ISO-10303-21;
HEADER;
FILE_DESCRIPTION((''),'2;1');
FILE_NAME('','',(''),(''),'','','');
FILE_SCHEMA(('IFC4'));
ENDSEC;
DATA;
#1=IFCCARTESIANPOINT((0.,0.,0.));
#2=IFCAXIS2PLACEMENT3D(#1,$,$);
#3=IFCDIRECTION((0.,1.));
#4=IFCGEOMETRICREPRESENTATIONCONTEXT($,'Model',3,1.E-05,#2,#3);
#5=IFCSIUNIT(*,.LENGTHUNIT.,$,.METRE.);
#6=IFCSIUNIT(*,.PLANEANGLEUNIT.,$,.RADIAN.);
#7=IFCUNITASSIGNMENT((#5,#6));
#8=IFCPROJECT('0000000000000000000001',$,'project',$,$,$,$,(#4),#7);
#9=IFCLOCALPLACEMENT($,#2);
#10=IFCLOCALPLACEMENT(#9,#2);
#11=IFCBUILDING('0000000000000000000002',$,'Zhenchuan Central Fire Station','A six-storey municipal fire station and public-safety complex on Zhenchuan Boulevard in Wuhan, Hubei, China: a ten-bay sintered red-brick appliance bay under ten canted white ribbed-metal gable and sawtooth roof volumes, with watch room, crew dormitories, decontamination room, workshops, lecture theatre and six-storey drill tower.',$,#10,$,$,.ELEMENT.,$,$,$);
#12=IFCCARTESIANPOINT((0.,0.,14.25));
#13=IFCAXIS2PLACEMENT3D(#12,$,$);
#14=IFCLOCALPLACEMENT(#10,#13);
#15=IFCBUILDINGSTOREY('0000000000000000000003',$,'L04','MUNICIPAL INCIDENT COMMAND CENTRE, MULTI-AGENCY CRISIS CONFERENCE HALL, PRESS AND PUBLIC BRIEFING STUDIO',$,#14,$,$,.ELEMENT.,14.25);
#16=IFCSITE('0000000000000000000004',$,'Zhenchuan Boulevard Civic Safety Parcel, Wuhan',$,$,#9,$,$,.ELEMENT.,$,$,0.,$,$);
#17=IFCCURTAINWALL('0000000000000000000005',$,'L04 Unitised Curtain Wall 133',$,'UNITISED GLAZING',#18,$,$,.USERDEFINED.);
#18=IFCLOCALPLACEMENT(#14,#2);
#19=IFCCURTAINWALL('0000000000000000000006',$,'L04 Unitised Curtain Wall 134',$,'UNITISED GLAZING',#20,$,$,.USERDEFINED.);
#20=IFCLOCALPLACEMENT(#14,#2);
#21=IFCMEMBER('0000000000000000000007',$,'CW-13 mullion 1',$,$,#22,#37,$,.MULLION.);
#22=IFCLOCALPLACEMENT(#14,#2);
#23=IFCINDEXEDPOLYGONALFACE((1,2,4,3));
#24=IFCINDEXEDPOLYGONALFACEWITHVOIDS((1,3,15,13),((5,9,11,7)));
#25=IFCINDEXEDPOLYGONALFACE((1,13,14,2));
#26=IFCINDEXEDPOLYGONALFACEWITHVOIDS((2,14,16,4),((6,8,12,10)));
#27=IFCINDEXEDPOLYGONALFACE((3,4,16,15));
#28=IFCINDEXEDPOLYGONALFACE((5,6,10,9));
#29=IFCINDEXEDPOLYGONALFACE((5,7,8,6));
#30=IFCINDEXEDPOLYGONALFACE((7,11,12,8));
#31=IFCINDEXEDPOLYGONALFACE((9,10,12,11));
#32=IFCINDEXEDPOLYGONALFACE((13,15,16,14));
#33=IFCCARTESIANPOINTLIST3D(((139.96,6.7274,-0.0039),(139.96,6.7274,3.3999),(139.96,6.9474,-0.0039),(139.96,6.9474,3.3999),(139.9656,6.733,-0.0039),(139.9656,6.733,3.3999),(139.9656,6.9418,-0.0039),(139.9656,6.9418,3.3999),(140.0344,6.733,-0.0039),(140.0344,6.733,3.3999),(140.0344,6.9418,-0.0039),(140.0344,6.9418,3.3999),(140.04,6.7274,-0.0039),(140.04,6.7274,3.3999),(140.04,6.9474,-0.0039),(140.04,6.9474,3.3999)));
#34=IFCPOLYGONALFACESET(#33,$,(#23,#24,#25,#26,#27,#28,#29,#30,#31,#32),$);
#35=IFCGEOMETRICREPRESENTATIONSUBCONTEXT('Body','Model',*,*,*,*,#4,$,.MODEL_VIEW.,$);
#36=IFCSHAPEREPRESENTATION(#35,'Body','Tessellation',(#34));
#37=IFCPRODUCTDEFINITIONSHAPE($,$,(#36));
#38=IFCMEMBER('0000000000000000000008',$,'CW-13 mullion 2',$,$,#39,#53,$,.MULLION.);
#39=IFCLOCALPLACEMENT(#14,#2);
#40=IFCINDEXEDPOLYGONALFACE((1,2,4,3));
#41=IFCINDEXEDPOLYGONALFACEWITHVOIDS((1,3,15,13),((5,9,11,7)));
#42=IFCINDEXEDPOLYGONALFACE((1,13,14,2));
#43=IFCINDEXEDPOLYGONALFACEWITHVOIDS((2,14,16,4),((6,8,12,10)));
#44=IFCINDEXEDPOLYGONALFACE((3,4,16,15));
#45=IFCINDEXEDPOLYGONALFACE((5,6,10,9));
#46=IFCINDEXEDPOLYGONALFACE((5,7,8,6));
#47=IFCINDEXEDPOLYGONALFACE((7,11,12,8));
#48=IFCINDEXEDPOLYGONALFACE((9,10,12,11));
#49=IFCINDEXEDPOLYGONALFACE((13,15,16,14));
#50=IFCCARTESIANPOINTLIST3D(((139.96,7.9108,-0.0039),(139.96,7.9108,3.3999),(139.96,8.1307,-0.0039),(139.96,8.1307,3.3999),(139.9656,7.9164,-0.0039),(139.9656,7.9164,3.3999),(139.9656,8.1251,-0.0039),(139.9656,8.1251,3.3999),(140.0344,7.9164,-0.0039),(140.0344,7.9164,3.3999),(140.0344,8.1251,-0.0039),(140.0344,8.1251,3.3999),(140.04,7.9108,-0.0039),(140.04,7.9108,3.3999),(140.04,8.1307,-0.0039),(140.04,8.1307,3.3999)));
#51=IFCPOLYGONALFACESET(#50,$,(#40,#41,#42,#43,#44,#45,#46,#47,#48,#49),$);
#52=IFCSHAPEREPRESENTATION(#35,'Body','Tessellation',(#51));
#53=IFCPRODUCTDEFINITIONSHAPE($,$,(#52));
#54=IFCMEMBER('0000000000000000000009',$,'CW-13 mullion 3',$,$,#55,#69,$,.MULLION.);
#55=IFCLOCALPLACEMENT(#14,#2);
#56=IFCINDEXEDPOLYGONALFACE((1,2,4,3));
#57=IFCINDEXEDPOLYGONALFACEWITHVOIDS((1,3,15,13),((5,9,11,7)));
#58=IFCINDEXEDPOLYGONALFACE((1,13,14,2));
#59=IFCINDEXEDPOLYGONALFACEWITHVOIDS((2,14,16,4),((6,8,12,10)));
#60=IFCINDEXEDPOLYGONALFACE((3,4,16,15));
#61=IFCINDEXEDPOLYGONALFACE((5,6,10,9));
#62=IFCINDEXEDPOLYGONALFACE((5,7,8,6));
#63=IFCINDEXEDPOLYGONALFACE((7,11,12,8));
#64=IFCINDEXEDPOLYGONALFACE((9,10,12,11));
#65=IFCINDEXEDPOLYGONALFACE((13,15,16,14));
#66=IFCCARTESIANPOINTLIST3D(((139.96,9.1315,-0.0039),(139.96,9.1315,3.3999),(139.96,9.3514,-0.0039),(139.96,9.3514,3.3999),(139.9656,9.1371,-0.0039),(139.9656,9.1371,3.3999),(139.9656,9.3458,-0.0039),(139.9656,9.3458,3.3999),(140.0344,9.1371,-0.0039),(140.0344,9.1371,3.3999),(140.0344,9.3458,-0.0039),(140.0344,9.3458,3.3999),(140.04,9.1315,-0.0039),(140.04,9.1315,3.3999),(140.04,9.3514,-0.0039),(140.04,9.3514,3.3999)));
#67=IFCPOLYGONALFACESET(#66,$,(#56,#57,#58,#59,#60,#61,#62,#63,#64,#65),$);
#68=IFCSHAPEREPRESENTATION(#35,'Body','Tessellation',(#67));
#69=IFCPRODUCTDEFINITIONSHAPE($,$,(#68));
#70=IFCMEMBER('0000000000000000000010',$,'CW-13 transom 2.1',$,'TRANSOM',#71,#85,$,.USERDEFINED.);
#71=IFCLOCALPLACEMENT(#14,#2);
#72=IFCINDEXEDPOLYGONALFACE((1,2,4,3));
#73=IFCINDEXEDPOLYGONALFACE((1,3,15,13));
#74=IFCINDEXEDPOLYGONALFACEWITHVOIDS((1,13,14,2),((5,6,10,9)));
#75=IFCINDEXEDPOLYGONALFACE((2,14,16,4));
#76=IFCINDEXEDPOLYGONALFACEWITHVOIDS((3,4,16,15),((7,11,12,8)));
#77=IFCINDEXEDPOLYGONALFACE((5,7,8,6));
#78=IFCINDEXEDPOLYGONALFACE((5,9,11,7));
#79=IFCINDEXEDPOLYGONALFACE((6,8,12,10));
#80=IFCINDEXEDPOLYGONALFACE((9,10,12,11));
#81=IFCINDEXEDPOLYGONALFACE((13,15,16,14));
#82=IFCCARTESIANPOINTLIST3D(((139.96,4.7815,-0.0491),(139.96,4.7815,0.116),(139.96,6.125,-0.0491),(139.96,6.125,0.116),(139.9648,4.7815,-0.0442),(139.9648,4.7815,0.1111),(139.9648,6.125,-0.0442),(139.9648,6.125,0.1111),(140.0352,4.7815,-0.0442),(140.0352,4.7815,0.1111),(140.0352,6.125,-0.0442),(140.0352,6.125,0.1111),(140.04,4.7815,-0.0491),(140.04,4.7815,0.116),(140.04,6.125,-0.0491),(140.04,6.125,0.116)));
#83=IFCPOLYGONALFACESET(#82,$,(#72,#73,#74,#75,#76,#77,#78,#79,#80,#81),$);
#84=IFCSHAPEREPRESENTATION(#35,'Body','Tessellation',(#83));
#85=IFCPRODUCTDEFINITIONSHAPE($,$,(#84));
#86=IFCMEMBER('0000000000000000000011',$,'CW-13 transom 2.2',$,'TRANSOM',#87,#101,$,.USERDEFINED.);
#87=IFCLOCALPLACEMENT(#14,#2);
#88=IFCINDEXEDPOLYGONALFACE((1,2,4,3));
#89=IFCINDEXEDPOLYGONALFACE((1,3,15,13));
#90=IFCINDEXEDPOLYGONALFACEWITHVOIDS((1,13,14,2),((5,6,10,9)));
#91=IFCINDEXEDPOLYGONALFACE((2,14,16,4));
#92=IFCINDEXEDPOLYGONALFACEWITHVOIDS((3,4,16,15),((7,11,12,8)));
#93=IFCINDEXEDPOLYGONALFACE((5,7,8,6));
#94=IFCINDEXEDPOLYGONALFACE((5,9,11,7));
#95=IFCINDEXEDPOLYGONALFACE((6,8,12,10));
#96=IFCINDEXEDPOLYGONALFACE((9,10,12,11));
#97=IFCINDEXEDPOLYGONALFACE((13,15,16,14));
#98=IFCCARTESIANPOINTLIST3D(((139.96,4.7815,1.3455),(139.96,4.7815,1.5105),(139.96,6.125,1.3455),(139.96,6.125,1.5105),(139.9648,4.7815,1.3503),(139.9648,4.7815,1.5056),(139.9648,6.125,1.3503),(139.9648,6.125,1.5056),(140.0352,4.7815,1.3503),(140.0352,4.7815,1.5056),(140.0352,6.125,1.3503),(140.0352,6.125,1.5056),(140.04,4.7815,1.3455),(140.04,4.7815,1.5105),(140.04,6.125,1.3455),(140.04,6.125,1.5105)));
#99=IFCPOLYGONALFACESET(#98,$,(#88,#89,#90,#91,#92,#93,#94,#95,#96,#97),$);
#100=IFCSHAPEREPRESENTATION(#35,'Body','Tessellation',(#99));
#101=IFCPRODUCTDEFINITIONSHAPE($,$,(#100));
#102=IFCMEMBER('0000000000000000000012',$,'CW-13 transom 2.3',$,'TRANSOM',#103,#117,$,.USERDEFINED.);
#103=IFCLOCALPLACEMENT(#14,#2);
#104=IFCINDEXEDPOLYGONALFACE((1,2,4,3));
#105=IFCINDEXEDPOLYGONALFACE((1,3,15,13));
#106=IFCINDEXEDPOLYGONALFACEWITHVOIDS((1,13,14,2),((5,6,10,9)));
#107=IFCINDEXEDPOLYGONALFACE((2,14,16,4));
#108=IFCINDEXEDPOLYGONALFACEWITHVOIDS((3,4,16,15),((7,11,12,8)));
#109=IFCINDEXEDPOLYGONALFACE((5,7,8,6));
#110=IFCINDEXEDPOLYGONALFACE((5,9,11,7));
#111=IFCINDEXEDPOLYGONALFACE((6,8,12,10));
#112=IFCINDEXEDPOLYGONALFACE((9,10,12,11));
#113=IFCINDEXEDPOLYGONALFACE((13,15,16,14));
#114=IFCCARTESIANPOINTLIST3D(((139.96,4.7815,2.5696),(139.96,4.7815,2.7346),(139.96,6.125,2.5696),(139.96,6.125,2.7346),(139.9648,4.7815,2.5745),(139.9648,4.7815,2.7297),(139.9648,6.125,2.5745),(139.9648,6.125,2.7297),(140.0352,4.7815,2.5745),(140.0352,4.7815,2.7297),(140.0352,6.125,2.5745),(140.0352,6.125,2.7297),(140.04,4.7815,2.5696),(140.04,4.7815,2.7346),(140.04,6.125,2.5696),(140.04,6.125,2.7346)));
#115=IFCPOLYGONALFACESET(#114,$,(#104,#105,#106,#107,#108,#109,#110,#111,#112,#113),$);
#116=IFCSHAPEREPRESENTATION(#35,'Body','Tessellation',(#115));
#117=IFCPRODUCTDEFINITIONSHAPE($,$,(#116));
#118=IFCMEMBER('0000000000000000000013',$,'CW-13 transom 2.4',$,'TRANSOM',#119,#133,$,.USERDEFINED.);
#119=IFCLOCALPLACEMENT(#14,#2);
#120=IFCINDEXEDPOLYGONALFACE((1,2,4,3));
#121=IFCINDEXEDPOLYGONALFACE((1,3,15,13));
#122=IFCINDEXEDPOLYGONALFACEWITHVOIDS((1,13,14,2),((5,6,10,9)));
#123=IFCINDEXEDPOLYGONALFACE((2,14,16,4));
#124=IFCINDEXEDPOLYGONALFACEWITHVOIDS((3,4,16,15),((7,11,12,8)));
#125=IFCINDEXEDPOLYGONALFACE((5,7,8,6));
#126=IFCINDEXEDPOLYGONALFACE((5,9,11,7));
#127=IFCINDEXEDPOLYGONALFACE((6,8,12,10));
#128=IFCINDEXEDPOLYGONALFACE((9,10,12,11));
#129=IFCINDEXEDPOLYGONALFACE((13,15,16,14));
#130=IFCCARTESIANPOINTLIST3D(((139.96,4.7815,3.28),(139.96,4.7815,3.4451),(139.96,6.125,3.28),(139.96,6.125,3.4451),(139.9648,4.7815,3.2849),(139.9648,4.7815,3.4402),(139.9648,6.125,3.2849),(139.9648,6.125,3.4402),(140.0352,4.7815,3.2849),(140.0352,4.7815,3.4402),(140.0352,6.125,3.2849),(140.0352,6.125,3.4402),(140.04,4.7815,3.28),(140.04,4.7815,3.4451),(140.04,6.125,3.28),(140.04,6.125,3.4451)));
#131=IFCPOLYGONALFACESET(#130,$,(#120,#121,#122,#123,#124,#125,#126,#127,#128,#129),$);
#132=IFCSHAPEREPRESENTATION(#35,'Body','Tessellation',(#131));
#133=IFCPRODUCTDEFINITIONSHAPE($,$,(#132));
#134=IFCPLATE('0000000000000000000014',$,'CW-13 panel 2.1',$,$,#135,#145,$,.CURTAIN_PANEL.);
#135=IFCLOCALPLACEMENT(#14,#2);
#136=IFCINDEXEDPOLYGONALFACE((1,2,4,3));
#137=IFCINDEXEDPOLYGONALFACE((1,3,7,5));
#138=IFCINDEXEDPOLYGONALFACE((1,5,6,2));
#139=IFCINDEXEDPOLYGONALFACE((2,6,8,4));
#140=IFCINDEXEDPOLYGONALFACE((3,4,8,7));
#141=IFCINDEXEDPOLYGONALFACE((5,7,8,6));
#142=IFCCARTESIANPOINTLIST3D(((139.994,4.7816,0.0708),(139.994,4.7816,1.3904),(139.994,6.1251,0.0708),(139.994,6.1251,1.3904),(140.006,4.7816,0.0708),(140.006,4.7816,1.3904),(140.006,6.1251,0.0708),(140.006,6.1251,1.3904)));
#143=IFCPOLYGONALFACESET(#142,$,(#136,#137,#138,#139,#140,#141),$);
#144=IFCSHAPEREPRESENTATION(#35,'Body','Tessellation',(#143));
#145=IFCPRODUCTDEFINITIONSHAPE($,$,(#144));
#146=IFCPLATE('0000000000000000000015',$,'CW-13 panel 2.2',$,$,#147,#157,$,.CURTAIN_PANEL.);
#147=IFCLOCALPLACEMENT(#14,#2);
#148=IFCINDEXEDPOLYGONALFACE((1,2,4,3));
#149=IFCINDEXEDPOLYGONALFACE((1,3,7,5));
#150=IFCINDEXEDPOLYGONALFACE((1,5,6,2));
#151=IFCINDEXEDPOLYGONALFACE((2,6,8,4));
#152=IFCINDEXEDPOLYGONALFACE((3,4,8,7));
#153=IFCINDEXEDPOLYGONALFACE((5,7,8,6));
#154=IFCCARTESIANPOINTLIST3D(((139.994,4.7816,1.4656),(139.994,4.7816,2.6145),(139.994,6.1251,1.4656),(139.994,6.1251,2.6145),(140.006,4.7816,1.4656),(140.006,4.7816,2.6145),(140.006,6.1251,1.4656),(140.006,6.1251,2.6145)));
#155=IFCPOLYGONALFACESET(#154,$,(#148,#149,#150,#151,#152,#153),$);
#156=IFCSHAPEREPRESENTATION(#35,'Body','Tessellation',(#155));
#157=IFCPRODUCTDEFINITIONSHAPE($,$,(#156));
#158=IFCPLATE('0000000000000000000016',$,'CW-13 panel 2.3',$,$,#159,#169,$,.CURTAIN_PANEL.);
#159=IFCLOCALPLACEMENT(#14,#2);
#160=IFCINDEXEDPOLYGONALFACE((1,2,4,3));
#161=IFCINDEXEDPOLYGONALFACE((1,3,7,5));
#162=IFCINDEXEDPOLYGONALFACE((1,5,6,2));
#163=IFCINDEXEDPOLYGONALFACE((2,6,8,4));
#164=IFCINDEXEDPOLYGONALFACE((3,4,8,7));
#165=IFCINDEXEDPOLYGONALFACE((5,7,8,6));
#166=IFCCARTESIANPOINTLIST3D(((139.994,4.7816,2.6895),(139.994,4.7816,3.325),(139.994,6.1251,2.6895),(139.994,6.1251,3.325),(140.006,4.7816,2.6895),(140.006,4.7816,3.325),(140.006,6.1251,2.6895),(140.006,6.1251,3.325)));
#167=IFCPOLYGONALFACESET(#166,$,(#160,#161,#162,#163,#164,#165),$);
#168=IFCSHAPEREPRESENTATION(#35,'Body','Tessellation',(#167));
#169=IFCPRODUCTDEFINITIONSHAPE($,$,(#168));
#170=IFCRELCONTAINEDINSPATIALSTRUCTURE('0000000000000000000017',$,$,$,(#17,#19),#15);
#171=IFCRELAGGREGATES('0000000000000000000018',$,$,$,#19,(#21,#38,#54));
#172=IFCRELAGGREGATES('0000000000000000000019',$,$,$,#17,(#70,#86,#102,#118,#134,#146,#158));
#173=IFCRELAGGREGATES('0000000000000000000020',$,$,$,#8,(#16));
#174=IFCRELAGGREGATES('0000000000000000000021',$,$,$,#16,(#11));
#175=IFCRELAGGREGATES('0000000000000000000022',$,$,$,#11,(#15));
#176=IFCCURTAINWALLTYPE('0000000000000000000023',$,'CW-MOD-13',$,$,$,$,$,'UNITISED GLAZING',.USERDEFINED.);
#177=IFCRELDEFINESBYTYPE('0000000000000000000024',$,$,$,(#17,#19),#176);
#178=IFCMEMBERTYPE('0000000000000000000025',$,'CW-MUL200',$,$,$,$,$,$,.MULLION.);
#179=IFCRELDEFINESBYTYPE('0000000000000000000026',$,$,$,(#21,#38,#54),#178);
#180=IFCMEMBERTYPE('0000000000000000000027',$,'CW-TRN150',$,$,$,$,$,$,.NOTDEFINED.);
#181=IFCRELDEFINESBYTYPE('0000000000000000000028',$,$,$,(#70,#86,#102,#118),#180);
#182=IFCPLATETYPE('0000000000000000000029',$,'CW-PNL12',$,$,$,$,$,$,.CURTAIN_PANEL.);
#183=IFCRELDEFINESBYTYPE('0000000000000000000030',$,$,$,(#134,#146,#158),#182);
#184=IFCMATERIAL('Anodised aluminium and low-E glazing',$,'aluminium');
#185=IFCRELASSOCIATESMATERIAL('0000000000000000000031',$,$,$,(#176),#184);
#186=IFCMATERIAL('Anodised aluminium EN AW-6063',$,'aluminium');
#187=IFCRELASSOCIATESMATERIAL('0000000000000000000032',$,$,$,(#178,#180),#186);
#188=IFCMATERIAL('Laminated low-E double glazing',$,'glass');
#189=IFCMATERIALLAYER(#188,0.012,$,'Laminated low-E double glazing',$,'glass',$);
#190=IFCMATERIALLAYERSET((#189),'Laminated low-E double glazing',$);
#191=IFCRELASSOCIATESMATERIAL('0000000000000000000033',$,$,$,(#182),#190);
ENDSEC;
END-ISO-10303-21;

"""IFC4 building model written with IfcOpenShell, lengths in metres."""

from ifc_helpers import new_model, si_unit, direction, frame, origin, origin_2d, place, context, subcontext, project, spatial, rectangle, hollow_rectangle, extrude, material, layer, layer_set, material_profile, profile_set, type_object, element, aggregate, save


model = new_model("IFC4")

# Units and contexts
model_context = context("Model", 3, precision=1e-05, world=origin(), true_north=direction((0.0, 1.0)))
body_context = subcontext(model_context, "Body", "Model", "MODEL_VIEW")
ifc_project = project(units=[si_unit("LENGTHUNIT", "METRE"), si_unit("PLANEANGLEUNIT", "RADIAN")], contexts=[model_context])

# Site, building, storey
site_placement = place(None, origin())
site = spatial("IfcSite", under=ifc_project, at=site_placement, Name="Zhenchuan Boulevard Civic Safety Parcel, Wuhan", CompositionType="ELEMENT", RefElevation=0.0)
building_placement = place(site_placement, origin())
building = spatial("IfcBuilding", under=site, at=building_placement, Name="Zhenchuan Central Fire Station", Description="A six-storey municipal fire station and public-safety complex on Zhenchuan Boulevard in Wuhan, Hubei, China: a ten-bay sintered red-brick appliance bay under ten canted white ribbed-metal gable and sawtooth roof volumes, with watch room, crew dormitories, decontamination room, workshops, lecture theatre and six-storey drill tower.", CompositionType="ELEMENT")
storey_placement = place(building_placement, frame((0.0, 0.0, 14.25)))
storey = spatial("IfcBuildingStorey", under=building, at=storey_placement, Name="L04", Description="MUNICIPAL INCIDENT COMMAND CENTRE, MULTI-AGENCY CRISIS CONFERENCE HALL, PRESS AND PUBLIC BRIEFING STUDIO", CompositionType="ELEMENT", Elevation=14.25)

# Curtain walls, members
ifc_material_1 = material(Name="Anodised aluminium and low-E glazing", Category="aluminium")
curtain_wall_type = type_object("IfcCurtainWallType", Name="CW-MOD-13", ElementType="UNITISED GLAZING", PredefinedType="USERDEFINED", material=ifc_material_1)
curtain_wall_1_placement = place(storey_placement, origin())
curtain_wall_1 = element("IfcCurtainWall", 1, at=curtain_wall_1_placement, inside=storey, type_object=curtain_wall_type, Name="L04 Unitised Curtain Wall 133", ObjectType="UNITISED GLAZING", PredefinedType="USERDEFINED")
ifc_material_2 = material(Name="Anodised aluminium EN AW-6063", Category="aluminium")
ifc_material_profile_1 = material_profile(ifc_material_2, hollow_rectangle(XDim=0.0801, YDim=0.22, WallThickness=0.0056, at=origin_2d()), Name="ALU-M 220x80")
ifc_profile_set_1 = profile_set([ifc_material_profile_1], Name="Anodised aluminium EN AW-6063")
member_type_1 = type_object("IfcMemberType", Name="CW-MUL200", PredefinedType="MULLION", material=ifc_profile_set_1)
curtain_wall_2_placement = place(storey_placement, origin())
curtain_wall_2 = element("IfcCurtainWall", 2, at=curtain_wall_2_placement, inside=storey, type_object=curtain_wall_type, Name="L04 Unitised Curtain Wall 134", ObjectType="UNITISED GLAZING", PredefinedType="USERDEFINED")
member_1_placement = place(storey_placement, frame((140.0, 6.8374, -0.0039), z_axis=(0.0, 0.0, 1.0), x_axis=(-1.0, 0.0, 0.0)))
member_1 = element("IfcMember", 3, at=member_1_placement, type_object=member_type_1, Name="CW-13 mullion 1", PredefinedType="MULLION", context=body_context, shape_type="SweptSolid", body=[
    extrude(hollow_rectangle(XDim=0.0801, YDim=0.22, WallThickness=0.0056, at=origin_2d()), origin(), (0.0, 0.0, 1.0), 3.4038),
])
member_2_placement = place(storey_placement, frame((140.0, 8.0208, -0.0039), z_axis=(0.0, 0.0, 1.0), x_axis=(-1.0, 0.0, 0.0)))
member_2 = element("IfcMember", 4, at=member_2_placement, type_object=member_type_1, Name="CW-13 mullion 2", PredefinedType="MULLION", context=body_context, shape_type="SweptSolid", body=[
    extrude(hollow_rectangle(XDim=0.0801, YDim=0.22, WallThickness=0.0056, at=origin_2d()), origin(), (0.0, 0.0, 1.0), 3.4038),
])
member_3_placement = place(storey_placement, frame((140.0, 9.2415, -0.0039), z_axis=(0.0, 0.0, 1.0), x_axis=(-1.0, 0.0, 0.0)))
member_3 = element("IfcMember", 5, at=member_3_placement, type_object=member_type_1, Name="CW-13 mullion 3", PredefinedType="MULLION", context=body_context, shape_type="SweptSolid", body=[
    extrude(hollow_rectangle(XDim=0.0801, YDim=0.22, WallThickness=0.0056, at=origin_2d()), origin(), (0.0, 0.0, 1.0), 3.4038),
])
aggregate(curtain_wall_2, [member_1, member_2, member_3])

# Members
ifc_material_profile_2 = material_profile(ifc_material_2, hollow_rectangle(XDim=0.0801, YDim=0.165, WallThickness=0.0049, at=origin_2d()), Name="ALU-T 165x80")
ifc_profile_set_2 = profile_set([ifc_material_profile_2], Name="Anodised aluminium EN AW-6063")
member_type_2 = type_object("IfcMemberType", Name="CW-TRN150", PredefinedType="NOTDEFINED", material=ifc_profile_set_2)
member_4_placement = place(storey_placement, frame((140.0, 4.7815, 0.0334), z_axis=(0.0, 1.0, 0.0), x_axis=(-1.0, 0.0, 0.0)))
member_4 = element("IfcMember", 6, at=member_4_placement, type_object=member_type_2, Name="CW-13 transom 2.1", ObjectType="TRANSOM", PredefinedType="USERDEFINED", context=body_context, shape_type="SweptSolid", body=[
    extrude(hollow_rectangle(XDim=0.0801, YDim=0.165, WallThickness=0.0049, at=origin_2d()), origin(), (0.0, 0.0, 1.0), 1.3435),
])
member_5_placement = place(storey_placement, frame((140.0, 4.7815, 1.428), z_axis=(0.0, 1.0, 0.0), x_axis=(-1.0, 0.0, 0.0)))
member_5 = element("IfcMember", 7, at=member_5_placement, type_object=member_type_2, Name="CW-13 transom 2.2", ObjectType="TRANSOM", PredefinedType="USERDEFINED", context=body_context, shape_type="SweptSolid", body=[
    extrude(hollow_rectangle(XDim=0.0801, YDim=0.165, WallThickness=0.0049, at=origin_2d()), origin(), (0.0, 0.0, 1.0), 1.3435),
])
member_6_placement = place(storey_placement, frame((140.0, 4.7815, 2.6521), z_axis=(0.0, 1.0, 0.0), x_axis=(-1.0, 0.0, 0.0)))
member_6 = element("IfcMember", 8, at=member_6_placement, type_object=member_type_2, Name="CW-13 transom 2.3", ObjectType="TRANSOM", PredefinedType="USERDEFINED", context=body_context, shape_type="SweptSolid", body=[
    extrude(hollow_rectangle(XDim=0.0801, YDim=0.165, WallThickness=0.0049, at=origin_2d()), origin(), (0.0, 0.0, 1.0), 1.3435),
])
member_7_placement = place(storey_placement, frame((140.0, 4.7815, 3.3625), z_axis=(0.0, 1.0, 0.0), x_axis=(-1.0, 0.0, 0.0)))
member_7 = element("IfcMember", 9, at=member_7_placement, type_object=member_type_2, Name="CW-13 transom 2.4", ObjectType="TRANSOM", PredefinedType="USERDEFINED", context=body_context, shape_type="SweptSolid", body=[
    extrude(hollow_rectangle(XDim=0.0801, YDim=0.165, WallThickness=0.0049, at=origin_2d()), origin(), (0.0, 0.0, 1.0), 1.3435),
])

# Plates
ifc_material_3 = material(Name="Laminated low-E double glazing", Category="glass")
ifc_layer = layer(ifc_material_3, 0.012, Name="Laminated low-E double glazing", Category="glass")
ifc_layer_set = layer_set([ifc_layer], Name="Laminated low-E double glazing")
plate_type = type_object("IfcPlateType", Name="CW-PNL12", PredefinedType="CURTAIN_PANEL", material=ifc_layer_set)
plate_1_placement = place(storey_placement, frame((140.0, 5.4534, 0.0708), z_axis=(0.0, 0.0, 1.0), x_axis=(0.0, 1.0, 0.0)))
plate_1 = element("IfcPlate", 10, at=plate_1_placement, type_object=plate_type, Name="CW-13 panel 2.1", PredefinedType="CURTAIN_PANEL", context=body_context, shape_type="SweptSolid", body=[
    extrude(rectangle(XDim=1.3435, YDim=0.012, at=origin_2d()), origin(), (0.0, 0.0, 1.0), 1.3196),
])
plate_2_placement = place(storey_placement, frame((140.0, 5.4534, 1.4656), z_axis=(0.0, 0.0, 1.0), x_axis=(0.0, 1.0, 0.0)))
plate_2 = element("IfcPlate", 11, at=plate_2_placement, type_object=plate_type, Name="CW-13 panel 2.2", PredefinedType="CURTAIN_PANEL", context=body_context, shape_type="SweptSolid", body=[
    extrude(rectangle(XDim=1.3435, YDim=0.012, at=origin_2d()), origin(), (0.0, 0.0, 1.0), 1.1489),
])
plate_3_placement = place(storey_placement, frame((140.0, 5.4534, 2.6895), z_axis=(0.0, 0.0, 1.0), x_axis=(0.0, 1.0, 0.0)))
plate_3 = element("IfcPlate", 12, at=plate_3_placement, type_object=plate_type, Name="CW-13 panel 2.3", PredefinedType="CURTAIN_PANEL", context=body_context, shape_type="SweptSolid", body=[
    extrude(rectangle(XDim=1.3435, YDim=0.012, at=origin_2d()), origin(), (0.0, 0.0, 1.0), 0.6355),
])
aggregate(curtain_wall_1, [member_4, member_5, member_6, member_7, plate_1, plate_2, plate_3])

save(model, "model.ifc")
